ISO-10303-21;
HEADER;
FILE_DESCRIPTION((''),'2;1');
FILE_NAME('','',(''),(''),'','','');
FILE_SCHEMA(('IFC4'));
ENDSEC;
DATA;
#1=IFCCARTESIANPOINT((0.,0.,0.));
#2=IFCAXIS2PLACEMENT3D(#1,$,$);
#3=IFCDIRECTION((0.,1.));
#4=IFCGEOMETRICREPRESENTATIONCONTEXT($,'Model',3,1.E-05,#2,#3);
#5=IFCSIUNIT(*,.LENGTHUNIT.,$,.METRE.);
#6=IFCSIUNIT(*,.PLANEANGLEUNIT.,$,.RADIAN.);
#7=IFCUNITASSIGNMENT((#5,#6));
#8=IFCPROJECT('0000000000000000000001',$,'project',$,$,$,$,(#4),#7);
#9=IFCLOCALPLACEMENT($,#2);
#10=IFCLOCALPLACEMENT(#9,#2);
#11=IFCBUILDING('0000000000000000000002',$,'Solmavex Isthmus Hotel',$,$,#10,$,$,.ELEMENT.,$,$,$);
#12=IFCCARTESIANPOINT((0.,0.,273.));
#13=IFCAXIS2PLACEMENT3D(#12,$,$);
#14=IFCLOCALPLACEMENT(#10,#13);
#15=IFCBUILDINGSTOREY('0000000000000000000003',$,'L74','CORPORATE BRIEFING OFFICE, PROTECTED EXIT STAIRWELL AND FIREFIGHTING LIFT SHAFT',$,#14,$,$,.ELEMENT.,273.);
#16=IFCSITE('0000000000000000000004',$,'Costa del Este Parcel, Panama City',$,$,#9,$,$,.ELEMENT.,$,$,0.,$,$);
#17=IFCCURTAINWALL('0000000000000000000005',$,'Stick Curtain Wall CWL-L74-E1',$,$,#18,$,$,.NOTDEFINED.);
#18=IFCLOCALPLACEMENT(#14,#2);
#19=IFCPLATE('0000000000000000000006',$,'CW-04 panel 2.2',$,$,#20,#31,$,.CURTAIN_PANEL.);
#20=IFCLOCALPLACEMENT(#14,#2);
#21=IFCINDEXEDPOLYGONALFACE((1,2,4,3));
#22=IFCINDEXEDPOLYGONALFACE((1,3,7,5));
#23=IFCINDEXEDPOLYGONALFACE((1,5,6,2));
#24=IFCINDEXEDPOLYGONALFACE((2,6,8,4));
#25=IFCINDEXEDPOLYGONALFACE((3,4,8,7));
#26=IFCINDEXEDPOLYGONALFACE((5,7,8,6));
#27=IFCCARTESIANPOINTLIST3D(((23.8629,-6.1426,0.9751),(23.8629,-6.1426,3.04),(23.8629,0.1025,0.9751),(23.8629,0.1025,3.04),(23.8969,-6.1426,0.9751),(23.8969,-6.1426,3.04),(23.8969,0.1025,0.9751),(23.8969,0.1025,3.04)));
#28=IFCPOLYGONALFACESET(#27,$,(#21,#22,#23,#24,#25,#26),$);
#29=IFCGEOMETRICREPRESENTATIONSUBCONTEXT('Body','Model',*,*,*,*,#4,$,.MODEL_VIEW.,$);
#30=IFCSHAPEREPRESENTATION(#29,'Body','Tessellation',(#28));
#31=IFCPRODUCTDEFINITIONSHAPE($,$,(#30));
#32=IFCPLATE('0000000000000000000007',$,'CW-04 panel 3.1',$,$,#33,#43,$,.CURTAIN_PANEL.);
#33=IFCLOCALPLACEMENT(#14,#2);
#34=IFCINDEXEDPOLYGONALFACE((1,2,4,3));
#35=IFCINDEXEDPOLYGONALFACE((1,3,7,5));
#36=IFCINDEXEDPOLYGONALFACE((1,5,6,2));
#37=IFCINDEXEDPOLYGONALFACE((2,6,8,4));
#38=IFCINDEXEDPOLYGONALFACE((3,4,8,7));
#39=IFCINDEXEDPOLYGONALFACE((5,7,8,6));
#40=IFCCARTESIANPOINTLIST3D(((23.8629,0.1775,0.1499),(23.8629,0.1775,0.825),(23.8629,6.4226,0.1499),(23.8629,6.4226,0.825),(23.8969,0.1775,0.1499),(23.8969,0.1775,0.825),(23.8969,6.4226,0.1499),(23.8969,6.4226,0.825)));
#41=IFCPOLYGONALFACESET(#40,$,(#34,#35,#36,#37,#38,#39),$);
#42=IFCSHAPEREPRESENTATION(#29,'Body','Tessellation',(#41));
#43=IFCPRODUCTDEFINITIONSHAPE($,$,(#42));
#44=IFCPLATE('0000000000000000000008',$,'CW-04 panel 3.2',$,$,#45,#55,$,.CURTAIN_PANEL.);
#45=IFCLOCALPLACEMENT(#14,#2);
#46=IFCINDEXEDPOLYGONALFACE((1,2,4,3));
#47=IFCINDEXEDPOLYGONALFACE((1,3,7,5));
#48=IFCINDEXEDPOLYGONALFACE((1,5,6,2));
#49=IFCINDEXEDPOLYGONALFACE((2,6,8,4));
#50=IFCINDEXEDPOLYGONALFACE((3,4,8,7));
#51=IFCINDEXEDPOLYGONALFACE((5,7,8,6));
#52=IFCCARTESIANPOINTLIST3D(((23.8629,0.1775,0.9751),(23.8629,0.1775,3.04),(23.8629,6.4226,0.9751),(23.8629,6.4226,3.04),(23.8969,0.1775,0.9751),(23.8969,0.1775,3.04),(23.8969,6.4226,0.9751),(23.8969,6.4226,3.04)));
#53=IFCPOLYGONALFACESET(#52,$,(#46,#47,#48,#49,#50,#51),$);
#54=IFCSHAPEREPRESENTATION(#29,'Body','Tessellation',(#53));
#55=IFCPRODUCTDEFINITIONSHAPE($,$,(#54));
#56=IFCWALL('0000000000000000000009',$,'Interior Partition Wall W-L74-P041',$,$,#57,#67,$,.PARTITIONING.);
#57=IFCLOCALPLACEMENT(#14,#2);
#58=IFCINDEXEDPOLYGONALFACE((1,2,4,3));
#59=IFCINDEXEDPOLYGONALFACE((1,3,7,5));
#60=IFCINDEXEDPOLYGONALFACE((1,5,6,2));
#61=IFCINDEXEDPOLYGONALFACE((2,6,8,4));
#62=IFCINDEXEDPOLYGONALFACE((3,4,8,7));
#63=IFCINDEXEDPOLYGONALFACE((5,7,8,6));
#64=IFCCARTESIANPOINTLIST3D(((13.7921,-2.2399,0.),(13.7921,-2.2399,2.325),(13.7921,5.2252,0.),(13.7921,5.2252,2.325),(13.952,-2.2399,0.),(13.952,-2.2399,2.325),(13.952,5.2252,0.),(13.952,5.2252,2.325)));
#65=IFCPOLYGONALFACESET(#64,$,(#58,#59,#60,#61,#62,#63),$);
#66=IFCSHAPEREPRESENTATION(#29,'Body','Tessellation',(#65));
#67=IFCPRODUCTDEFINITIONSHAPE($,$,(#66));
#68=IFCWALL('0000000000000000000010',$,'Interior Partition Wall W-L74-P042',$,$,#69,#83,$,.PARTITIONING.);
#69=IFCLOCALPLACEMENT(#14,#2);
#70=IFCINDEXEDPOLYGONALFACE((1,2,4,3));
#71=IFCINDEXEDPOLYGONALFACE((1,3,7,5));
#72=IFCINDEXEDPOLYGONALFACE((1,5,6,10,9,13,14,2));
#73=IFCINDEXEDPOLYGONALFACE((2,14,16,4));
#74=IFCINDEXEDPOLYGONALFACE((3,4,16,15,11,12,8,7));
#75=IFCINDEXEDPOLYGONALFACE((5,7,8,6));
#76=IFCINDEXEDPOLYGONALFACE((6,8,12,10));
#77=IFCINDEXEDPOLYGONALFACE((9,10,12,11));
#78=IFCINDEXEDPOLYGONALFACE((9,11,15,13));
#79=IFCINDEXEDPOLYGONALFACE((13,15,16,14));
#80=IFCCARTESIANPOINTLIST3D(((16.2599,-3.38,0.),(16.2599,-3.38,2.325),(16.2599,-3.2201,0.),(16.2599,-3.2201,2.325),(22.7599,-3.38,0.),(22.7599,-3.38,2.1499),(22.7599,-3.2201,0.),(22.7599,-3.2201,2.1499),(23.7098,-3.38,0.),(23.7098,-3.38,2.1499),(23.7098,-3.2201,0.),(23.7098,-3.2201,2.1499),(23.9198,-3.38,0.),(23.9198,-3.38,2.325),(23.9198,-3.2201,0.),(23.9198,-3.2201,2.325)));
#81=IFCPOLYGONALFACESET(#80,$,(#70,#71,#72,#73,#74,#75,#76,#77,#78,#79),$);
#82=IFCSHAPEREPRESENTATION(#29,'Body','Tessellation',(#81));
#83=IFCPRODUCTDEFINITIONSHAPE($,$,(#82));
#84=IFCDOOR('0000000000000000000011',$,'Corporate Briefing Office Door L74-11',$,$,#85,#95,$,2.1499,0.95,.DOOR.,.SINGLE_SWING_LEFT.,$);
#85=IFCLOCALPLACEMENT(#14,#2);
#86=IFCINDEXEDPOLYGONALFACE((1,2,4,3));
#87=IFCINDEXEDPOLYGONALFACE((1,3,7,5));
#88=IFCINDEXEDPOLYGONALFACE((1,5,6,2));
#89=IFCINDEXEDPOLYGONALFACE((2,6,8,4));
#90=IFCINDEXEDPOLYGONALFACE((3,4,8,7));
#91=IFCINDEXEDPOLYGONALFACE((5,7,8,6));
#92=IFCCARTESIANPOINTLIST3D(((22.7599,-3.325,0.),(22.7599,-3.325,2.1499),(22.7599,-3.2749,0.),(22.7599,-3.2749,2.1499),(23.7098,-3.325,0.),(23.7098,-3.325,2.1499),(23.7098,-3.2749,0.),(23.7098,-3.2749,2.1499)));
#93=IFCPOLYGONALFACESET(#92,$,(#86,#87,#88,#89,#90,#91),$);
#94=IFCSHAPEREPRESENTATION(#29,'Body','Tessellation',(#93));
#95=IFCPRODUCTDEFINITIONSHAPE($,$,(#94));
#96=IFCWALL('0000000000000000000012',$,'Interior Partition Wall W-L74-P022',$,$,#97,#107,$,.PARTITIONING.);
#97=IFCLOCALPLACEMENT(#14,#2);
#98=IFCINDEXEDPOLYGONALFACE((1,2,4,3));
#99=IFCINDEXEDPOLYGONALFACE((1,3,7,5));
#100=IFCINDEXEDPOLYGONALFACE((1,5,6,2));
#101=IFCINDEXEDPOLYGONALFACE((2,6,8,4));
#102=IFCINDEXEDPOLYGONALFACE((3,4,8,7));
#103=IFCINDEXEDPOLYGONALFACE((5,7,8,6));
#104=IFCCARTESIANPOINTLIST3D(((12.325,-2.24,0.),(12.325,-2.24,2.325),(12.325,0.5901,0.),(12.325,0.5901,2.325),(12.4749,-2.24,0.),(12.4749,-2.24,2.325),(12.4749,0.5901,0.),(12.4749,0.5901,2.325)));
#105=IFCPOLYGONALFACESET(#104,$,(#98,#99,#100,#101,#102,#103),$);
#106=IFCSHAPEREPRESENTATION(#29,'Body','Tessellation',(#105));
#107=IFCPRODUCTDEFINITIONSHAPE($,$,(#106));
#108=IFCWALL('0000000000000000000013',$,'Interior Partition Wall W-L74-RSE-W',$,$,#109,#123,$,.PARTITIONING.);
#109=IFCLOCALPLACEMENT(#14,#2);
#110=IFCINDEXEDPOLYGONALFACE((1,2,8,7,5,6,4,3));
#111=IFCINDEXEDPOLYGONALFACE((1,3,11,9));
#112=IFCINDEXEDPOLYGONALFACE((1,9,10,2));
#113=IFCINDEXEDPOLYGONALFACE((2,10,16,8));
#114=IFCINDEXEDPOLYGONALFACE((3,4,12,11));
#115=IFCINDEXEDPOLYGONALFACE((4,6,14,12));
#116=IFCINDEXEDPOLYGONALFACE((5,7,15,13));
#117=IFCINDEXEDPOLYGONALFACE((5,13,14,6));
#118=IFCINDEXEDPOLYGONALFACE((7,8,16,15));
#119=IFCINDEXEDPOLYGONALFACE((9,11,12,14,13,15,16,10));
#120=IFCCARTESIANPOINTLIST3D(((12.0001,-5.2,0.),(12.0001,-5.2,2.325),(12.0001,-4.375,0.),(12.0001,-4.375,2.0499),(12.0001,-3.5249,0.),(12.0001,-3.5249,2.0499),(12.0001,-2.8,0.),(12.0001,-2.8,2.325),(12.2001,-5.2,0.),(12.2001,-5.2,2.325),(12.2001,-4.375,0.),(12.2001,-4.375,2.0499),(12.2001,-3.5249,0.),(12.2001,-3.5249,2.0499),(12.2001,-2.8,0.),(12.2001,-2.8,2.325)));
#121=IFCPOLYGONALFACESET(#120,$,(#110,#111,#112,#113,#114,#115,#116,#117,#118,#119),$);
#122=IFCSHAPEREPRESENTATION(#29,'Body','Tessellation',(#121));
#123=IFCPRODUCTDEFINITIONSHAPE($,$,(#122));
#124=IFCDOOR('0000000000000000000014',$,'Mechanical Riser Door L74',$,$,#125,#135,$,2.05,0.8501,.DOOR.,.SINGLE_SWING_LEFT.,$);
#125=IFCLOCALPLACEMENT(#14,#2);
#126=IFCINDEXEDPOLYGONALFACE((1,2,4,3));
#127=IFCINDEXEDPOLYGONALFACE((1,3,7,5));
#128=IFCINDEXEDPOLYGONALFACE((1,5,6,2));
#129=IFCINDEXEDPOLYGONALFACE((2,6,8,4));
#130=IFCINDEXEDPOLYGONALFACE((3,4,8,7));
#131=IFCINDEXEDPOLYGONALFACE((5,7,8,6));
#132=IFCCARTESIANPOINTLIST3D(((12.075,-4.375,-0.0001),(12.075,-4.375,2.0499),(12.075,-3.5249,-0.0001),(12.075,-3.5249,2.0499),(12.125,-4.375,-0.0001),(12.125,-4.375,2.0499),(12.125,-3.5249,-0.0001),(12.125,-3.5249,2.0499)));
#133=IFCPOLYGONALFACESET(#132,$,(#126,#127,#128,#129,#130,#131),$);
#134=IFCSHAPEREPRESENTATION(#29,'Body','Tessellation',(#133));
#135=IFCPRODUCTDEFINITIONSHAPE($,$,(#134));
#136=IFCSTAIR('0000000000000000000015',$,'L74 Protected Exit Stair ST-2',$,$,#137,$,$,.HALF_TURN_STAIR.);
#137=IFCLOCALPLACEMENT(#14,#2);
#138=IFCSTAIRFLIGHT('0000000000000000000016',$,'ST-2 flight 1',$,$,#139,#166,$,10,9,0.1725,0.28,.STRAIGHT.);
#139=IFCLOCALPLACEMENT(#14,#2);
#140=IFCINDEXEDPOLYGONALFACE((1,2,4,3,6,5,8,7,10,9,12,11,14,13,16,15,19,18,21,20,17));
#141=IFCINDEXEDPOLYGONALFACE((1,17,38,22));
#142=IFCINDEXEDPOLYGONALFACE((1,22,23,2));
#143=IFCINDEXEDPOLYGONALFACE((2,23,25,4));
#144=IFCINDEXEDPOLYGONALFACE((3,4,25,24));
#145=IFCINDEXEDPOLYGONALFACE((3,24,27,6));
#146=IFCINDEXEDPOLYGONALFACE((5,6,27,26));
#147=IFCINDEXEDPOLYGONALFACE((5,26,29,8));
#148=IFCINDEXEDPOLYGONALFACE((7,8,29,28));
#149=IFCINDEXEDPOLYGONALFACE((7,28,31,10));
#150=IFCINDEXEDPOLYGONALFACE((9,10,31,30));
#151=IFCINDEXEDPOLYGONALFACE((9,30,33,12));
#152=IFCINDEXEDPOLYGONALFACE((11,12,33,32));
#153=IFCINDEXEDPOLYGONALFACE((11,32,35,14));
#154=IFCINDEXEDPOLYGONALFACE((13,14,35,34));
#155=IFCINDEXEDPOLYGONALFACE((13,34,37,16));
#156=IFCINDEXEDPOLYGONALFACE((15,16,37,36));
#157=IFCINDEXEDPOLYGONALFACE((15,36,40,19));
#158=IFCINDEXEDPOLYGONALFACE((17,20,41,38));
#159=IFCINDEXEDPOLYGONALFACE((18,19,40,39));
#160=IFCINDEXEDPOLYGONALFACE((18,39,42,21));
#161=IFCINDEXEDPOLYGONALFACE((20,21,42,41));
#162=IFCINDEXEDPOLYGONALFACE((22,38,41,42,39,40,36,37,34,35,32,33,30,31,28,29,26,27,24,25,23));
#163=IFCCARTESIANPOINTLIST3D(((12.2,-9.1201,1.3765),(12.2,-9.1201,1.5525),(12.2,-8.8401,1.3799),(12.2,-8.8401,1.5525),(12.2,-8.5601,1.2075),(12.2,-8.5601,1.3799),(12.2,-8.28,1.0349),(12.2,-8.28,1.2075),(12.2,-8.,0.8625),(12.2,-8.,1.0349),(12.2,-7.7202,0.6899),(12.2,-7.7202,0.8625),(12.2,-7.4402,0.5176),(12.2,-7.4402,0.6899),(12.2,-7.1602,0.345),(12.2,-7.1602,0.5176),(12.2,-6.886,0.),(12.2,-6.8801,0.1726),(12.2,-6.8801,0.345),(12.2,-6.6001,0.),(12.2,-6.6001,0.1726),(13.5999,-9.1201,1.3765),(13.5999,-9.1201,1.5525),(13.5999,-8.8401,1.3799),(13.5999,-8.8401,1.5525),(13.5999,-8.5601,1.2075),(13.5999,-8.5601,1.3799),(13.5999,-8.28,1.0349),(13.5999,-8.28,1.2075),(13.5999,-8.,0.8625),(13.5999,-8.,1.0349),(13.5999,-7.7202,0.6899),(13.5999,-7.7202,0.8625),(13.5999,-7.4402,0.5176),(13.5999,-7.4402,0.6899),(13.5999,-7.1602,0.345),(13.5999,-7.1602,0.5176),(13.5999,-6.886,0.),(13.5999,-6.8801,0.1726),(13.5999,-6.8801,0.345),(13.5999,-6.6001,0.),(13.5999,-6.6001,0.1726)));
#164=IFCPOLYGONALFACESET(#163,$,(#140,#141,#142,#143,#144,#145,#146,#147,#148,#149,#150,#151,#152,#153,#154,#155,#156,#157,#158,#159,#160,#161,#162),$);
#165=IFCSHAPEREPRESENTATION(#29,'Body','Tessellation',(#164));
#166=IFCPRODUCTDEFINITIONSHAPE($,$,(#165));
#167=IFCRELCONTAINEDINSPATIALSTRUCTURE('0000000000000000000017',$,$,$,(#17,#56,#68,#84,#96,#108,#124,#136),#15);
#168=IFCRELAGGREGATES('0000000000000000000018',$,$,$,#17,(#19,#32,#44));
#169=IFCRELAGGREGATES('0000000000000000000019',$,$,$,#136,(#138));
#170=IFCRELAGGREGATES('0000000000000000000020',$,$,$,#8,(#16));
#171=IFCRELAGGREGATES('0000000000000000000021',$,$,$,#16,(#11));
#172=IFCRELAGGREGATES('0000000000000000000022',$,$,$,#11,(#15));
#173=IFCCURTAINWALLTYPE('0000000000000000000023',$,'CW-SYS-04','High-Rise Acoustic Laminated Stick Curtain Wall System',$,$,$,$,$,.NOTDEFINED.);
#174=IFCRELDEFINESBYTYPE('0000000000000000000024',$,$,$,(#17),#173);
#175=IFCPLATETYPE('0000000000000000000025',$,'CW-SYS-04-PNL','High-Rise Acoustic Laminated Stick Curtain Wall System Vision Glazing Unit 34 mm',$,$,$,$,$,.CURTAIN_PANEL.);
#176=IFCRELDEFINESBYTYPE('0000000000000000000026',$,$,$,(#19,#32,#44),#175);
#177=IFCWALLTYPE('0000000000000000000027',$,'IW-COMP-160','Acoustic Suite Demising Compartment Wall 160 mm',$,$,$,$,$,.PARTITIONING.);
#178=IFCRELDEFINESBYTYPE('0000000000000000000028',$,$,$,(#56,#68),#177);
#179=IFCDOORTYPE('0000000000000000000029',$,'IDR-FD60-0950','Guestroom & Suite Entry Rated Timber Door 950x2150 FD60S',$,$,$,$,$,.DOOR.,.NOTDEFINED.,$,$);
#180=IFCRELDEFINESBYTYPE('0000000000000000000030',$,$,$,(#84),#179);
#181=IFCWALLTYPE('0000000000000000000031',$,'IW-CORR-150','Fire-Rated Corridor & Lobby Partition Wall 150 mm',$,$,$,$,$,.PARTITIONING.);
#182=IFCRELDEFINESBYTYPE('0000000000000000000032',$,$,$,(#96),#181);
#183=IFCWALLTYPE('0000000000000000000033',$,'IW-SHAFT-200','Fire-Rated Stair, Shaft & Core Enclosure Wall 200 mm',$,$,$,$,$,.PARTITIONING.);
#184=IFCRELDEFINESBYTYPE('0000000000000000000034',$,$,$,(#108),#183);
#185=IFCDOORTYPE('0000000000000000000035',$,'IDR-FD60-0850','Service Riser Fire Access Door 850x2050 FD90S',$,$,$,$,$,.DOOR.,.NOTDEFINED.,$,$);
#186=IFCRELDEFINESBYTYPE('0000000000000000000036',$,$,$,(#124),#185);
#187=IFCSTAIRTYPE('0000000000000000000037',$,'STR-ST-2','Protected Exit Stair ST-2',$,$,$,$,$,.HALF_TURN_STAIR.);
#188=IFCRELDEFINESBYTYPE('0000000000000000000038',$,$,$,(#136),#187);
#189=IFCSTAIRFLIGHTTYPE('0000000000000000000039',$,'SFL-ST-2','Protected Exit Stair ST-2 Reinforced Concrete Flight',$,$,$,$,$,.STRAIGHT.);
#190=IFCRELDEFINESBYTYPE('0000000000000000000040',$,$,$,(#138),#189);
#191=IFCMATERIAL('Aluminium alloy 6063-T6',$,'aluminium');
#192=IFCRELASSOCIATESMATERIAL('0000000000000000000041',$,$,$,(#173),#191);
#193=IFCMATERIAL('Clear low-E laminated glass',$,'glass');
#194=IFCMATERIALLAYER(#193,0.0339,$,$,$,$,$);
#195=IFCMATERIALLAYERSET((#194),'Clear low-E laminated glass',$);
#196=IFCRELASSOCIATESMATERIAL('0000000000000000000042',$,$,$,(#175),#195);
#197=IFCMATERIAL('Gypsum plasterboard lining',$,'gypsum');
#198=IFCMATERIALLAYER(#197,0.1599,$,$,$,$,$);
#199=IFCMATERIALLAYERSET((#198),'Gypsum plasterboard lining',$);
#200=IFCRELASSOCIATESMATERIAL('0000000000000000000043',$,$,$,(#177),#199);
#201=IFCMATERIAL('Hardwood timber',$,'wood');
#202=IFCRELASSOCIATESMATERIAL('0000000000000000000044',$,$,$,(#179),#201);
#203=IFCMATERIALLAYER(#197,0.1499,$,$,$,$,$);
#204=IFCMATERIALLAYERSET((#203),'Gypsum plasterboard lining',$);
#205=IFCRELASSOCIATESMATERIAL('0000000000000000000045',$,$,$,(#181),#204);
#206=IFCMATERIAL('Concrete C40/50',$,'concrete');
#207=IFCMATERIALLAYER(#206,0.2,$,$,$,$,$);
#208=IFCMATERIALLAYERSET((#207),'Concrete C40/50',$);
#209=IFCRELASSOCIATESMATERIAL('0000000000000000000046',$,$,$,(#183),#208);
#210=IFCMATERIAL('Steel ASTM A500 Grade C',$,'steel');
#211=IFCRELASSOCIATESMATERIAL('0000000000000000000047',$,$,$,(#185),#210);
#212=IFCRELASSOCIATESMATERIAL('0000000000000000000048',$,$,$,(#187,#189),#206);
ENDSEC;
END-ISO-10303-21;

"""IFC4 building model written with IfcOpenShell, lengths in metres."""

from ifc_helpers import new_model, si_unit, direction, frame, frame_2d, origin, origin_2d, place, context, subcontext, project, spatial, polyline, rectangle, outline, extrude, material, layer, layer_set, type_object, element, fill, aggregate, save


model = new_model("IFC4")

# Units and contexts
model_context = context("Model", 3, precision=1e-05, world=origin(), true_north=direction((0.0, 1.0)))
body_context = subcontext(model_context, "Body", "Model", "MODEL_VIEW")
ifc_project = project(units=[si_unit("LENGTHUNIT", "METRE"), si_unit("PLANEANGLEUNIT", "RADIAN")], contexts=[model_context])

# Site, building, storey
site_placement = place(None, origin())
site = spatial("IfcSite", under=ifc_project, at=site_placement, Name="Costa del Este Parcel, Panama City", CompositionType="ELEMENT", RefElevation=0.0)
building_placement = place(site_placement, origin())
building = spatial("IfcBuilding", under=site, at=building_placement, Name="Solmavex Isthmus Hotel", CompositionType="ELEMENT")
storey_placement = place(building_placement, frame((0.0, 0.0, 273.0)))
storey = spatial("IfcBuildingStorey", under=building, at=storey_placement, Name="L74", Description="CORPORATE BRIEFING OFFICE, PROTECTED EXIT STAIRWELL AND FIREFIGHTING LIFT SHAFT", CompositionType="ELEMENT", Elevation=273.0)

# Curtain wall, plates
ifc_material_1 = material(Name="Aluminium alloy 6063-T6", Category="aluminium")
curtain_wall_type = type_object("IfcCurtainWallType", Name="CW-SYS-04", Description="High-Rise Acoustic Laminated Stick Curtain Wall System", PredefinedType="NOTDEFINED", material=ifc_material_1)
curtain_wall_placement = place(storey_placement, origin())
curtain_wall = element("IfcCurtainWall", 1, at=curtain_wall_placement, inside=storey, type_object=curtain_wall_type, Name="Stick Curtain Wall CWL-L74-E1", PredefinedType="NOTDEFINED")
ifc_material_2 = material(Name="Clear low-E laminated glass", Category="glass")
ifc_layer_1 = layer(ifc_material_2, 0.0339)
ifc_layer_set_1 = layer_set([ifc_layer_1], Name="Clear low-E laminated glass")
plate_type = type_object("IfcPlateType", Name="CW-SYS-04-PNL", Description="High-Rise Acoustic Laminated Stick Curtain Wall System Vision Glazing Unit 34 mm", PredefinedType="CURTAIN_PANEL", material=ifc_layer_set_1)
plate_1_placement = place(storey_placement, frame((23.8799, -3.02, 0.9751), z_axis=(0.0, 0.0, 1.0), x_axis=(0.0, 1.0, 0.0)))
plate_1 = element("IfcPlate", 2, at=plate_1_placement, type_object=plate_type, Name="CW-04 panel 2.2", PredefinedType="CURTAIN_PANEL", context=body_context, shape_type="SweptSolid", body=[
    extrude(rectangle(XDim=6.2451, YDim=0.0339, at=origin_2d()), origin(), (0.0, 0.0, 1.0), 2.0649),
])
plate_2_placement = place(storey_placement, frame((23.8799, 3.3, 0.1499), z_axis=(0.0, 0.0, 1.0), x_axis=(0.0, 1.0, 0.0)))
plate_2 = element("IfcPlate", 3, at=plate_2_placement, type_object=plate_type, Name="CW-04 panel 3.1", PredefinedType="CURTAIN_PANEL", context=body_context, shape_type="SweptSolid", body=[
    extrude(rectangle(XDim=6.2451, YDim=0.0339, at=origin_2d()), origin(), (0.0, 0.0, 1.0), 0.675),
])
plate_3_placement = place(storey_placement, frame((23.8799, 3.3, 0.9751), z_axis=(0.0, 0.0, 1.0), x_axis=(0.0, 1.0, 0.0)))
plate_3 = element("IfcPlate", 4, at=plate_3_placement, type_object=plate_type, Name="CW-04 panel 3.2", PredefinedType="CURTAIN_PANEL", context=body_context, shape_type="SweptSolid", body=[
    extrude(rectangle(XDim=6.2451, YDim=0.0339, at=origin_2d()), origin(), (0.0, 0.0, 1.0), 2.0649),
])
aggregate(curtain_wall, [plate_1, plate_2, plate_3])

# Wall
ifc_material_3 = material(Name="Gypsum plasterboard lining", Category="gypsum")
ifc_layer_2 = layer(ifc_material_3, 0.1599)
ifc_layer_set_2 = layer_set([ifc_layer_2], Name="Gypsum plasterboard lining")
wall_type_1 = type_object("IfcWallType", Name="IW-COMP-160", Description="Acoustic Suite Demising Compartment Wall 160 mm", PredefinedType="PARTITIONING", material=ifc_layer_set_2)
wall_1_placement = place(storey_placement, frame((13.8721, 5.2251, 0.0), z_axis=(0.0, 0.0, 1.0), x_axis=(0.0, -1.0, 0.0)))
element("IfcWall", 5, at=wall_1_placement, inside=storey, type_object=wall_type_1, Name="Interior Partition Wall W-L74-P041", PredefinedType="PARTITIONING", context=body_context, shape_type="SweptSolid", body=[
    extrude(rectangle(XDim=7.4651, YDim=0.1599, at=frame_2d((3.7324, 0.0))), origin(), (0.0, 0.0, 1.0), 2.325),
])

# Wall, opening, door
wall_2_placement = place(storey_placement, frame((23.9199, -3.3, 0.0), z_axis=(0.0, 0.0, 1.0), x_axis=(-1.0, 0.0, 0.0)))
wall_2 = element("IfcWall", 6, at=wall_2_placement, inside=storey, type_object=wall_type_1, Name="Interior Partition Wall W-L74-P042", PredefinedType="PARTITIONING", context=body_context, shape_type="SweptSolid", body=[
    extrude(rectangle(XDim=7.6599, YDim=0.1599, at=frame_2d((3.8301, 0.0))), origin(), (0.0, 0.0, 1.0), 2.325),
])
opening_1_placement = place(wall_2_placement, frame((0.21, 0.0, 0.0)))
opening_1 = element("IfcOpeningElement", 7, at=opening_1_placement, cuts=wall_2, PredefinedType="OPENING", context=body_context, shape_type="SweptSolid", body=[
    extrude(rectangle(XDim=0.95, YDim=2.1499, at=frame_2d((0.4751, 1.075))), frame((0.0, 0.0898, 0.0), z_axis=(0.0, -1.0, 0.0), x_axis=(1.0, 0.0, 0.0)), (0.0, 0.0, 1.0), 0.1799),
])
ifc_material_4 = material(Name="Hardwood timber", Category="wood")
door_type_1 = type_object("IfcDoorType", Name="IDR-FD60-0950", Description="Guestroom & Suite Entry Rated Timber Door 950x2150 FD60S", OperationType="NOTDEFINED", PredefinedType="DOOR", material=ifc_material_4)
door_1_placement = place(opening_1_placement, origin())
door_1 = element("IfcDoor", 8, at=door_1_placement, inside=storey, type_object=door_type_1, Name="Corporate Briefing Office Door L74-11", OperationType="SINGLE_SWING_LEFT", OverallHeight=2.1499, OverallWidth=0.95, PredefinedType="DOOR", context=body_context, shape_type="SweptSolid", body=[
    extrude(rectangle(XDim=0.95, YDim=2.1499, at=frame_2d((0.4751, 1.075))), frame((0.0, 0.0249, 0.0), z_axis=(0.0, -1.0, 0.0), x_axis=(1.0, 0.0, 0.0)), (0.0, 0.0, 1.0), 0.05),
])
fill(opening_1, door_1)

# Wall
ifc_layer_3 = layer(ifc_material_3, 0.1499)
ifc_layer_set_3 = layer_set([ifc_layer_3], Name="Gypsum plasterboard lining")
wall_type_2 = type_object("IfcWallType", Name="IW-CORR-150", Description="Fire-Rated Corridor & Lobby Partition Wall 150 mm", PredefinedType="PARTITIONING", material=ifc_layer_set_3)
wall_3_placement = place(storey_placement, frame((12.3999, 0.5901, 0.0), z_axis=(0.0, 0.0, 1.0), x_axis=(0.0, -1.0, 0.0)))
element("IfcWall", 9, at=wall_3_placement, inside=storey, type_object=wall_type_2, Name="Interior Partition Wall W-L74-P022", PredefinedType="PARTITIONING", context=body_context, shape_type="SweptSolid", body=[
    extrude(rectangle(XDim=2.8301, YDim=0.1499, at=frame_2d((1.415, 0.0))), origin(), (0.0, 0.0, 1.0), 2.325),
])

# Wall, opening, door
ifc_material_5 = material(Name="Concrete C40/50", Category="concrete")
ifc_layer_4 = layer(ifc_material_5, 0.2)
ifc_layer_set_4 = layer_set([ifc_layer_4], Name="Concrete C40/50")
wall_type_3 = type_object("IfcWallType", Name="IW-SHAFT-200", Description="Fire-Rated Stair, Shaft & Core Enclosure Wall 200 mm", PredefinedType="PARTITIONING", material=ifc_layer_set_4)
wall_4_placement = place(storey_placement, frame((12.1001, -5.2, 0.0), z_axis=(0.0, 0.0, 1.0), x_axis=(0.0, 1.0, 0.0)))
wall_4 = element("IfcWall", 10, at=wall_4_placement, inside=storey, type_object=wall_type_3, Name="Interior Partition Wall W-L74-RSE-W", PredefinedType="PARTITIONING", context=body_context, shape_type="SweptSolid", body=[
    extrude(rectangle(XDim=2.3999, YDim=0.2, at=frame_2d((1.2, 0.0))), origin(), (0.0, 0.0, 1.0), 2.325),
])
opening_2_placement = place(wall_4_placement, frame((0.825, 0.0, 0.0)))
opening_2 = element("IfcOpeningElement", 11, at=opening_2_placement, cuts=wall_4, PredefinedType="OPENING", context=body_context, shape_type="SweptSolid", body=[
    extrude(rectangle(XDim=0.8501, YDim=2.05, at=frame_2d((0.425, 1.0249))), frame((0.0, 0.1099, 0.0), z_axis=(0.0, -1.0, 0.0), x_axis=(1.0, 0.0, 0.0)), (0.0, 0.0, 1.0), 0.22),
])
ifc_material_6 = material(Name="Steel ASTM A500 Grade C", Category="steel")
door_type_2 = type_object("IfcDoorType", Name="IDR-FD60-0850", Description="Service Riser Fire Access Door 850x2050 FD90S", OperationType="NOTDEFINED", PredefinedType="DOOR", material=ifc_material_6)
door_2_placement = place(opening_2_placement, frame((0.8501, 0.0, 0.0), z_axis=(0.0, 0.0, 1.0), x_axis=(-1.0, 0.0, 0.0)))
door_2 = element("IfcDoor", 12, at=door_2_placement, inside=storey, type_object=door_type_2, Name="Mechanical Riser Door L74", OperationType="SINGLE_SWING_LEFT", OverallHeight=2.05, OverallWidth=0.8501, PredefinedType="DOOR", context=body_context, shape_type="SweptSolid", body=[
    extrude(rectangle(XDim=0.8501, YDim=2.05, at=frame_2d((0.425, 1.0249))), frame((0.0, 0.0249, 0.0), z_axis=(0.0, -1.0, 0.0), x_axis=(1.0, 0.0, 0.0)), (0.0, 0.0, 1.0), 0.05),
])
fill(opening_2, door_2)

# Stair, stair flight
stair_type = type_object("IfcStairType", Name="STR-ST-2", Description="Protected Exit Stair ST-2", PredefinedType="HALF_TURN_STAIR", material=ifc_material_5)
stair_placement = place(storey_placement, origin())
stair = element("IfcStair", 13, at=stair_placement, inside=storey, type_object=stair_type, Name="L74 Protected Exit Stair ST-2", PredefinedType="HALF_TURN_STAIR")
stair_flight_type = type_object("IfcStairFlightType", Name="SFL-ST-2", Description="Protected Exit Stair ST-2 Reinforced Concrete Flight", PredefinedType="STRAIGHT", material=ifc_material_5)
stair_flight_placement = place(storey_placement, frame((12.8999, -6.6001, 0.0), z_axis=(0.0, 0.0, 1.0), x_axis=(0.0, -1.0, 0.0)))
stair_flight = element("IfcStairFlight", 14, at=stair_flight_placement, type_object=stair_flight_type, Name="ST-2 flight 1", NumberOfRisers=10, NumberOfTreads=9, PredefinedType="STRAIGHT", RiserHeight=0.1725, TreadLength=0.28, context=body_context, shape_type="SweptSolid", body=[
    extrude(outline(polyline([(0.0, 0.0), (0.0, 0.1726), (0.28, 0.1726), (0.28, 0.345), (0.5601, 0.345), (0.5601, 0.5176), (0.8401, 0.5176), (0.8401, 0.6899), (1.1201, 0.6899), (1.1201, 0.8625), (1.3999, 0.8625), (1.3999, 1.0349), (1.6799, 1.0349), (1.6799, 1.2075), (1.96, 1.2075), (1.96, 1.3799), (2.24, 1.3799), (2.24, 1.5525), (2.52, 1.5525), (2.52, 1.7251), (2.52, 1.3765), (0.2859, 0.0), (0.0, 0.0)])), frame((0.0, 0.7, 0.0), z_axis=(0.0, -1.0, 0.0), x_axis=(1.0, 0.0, 0.0)), (0.0, 0.0, 1.0), 1.3999),
])
aggregate(stair, [stair_flight])

save(model, "model.ifc")
